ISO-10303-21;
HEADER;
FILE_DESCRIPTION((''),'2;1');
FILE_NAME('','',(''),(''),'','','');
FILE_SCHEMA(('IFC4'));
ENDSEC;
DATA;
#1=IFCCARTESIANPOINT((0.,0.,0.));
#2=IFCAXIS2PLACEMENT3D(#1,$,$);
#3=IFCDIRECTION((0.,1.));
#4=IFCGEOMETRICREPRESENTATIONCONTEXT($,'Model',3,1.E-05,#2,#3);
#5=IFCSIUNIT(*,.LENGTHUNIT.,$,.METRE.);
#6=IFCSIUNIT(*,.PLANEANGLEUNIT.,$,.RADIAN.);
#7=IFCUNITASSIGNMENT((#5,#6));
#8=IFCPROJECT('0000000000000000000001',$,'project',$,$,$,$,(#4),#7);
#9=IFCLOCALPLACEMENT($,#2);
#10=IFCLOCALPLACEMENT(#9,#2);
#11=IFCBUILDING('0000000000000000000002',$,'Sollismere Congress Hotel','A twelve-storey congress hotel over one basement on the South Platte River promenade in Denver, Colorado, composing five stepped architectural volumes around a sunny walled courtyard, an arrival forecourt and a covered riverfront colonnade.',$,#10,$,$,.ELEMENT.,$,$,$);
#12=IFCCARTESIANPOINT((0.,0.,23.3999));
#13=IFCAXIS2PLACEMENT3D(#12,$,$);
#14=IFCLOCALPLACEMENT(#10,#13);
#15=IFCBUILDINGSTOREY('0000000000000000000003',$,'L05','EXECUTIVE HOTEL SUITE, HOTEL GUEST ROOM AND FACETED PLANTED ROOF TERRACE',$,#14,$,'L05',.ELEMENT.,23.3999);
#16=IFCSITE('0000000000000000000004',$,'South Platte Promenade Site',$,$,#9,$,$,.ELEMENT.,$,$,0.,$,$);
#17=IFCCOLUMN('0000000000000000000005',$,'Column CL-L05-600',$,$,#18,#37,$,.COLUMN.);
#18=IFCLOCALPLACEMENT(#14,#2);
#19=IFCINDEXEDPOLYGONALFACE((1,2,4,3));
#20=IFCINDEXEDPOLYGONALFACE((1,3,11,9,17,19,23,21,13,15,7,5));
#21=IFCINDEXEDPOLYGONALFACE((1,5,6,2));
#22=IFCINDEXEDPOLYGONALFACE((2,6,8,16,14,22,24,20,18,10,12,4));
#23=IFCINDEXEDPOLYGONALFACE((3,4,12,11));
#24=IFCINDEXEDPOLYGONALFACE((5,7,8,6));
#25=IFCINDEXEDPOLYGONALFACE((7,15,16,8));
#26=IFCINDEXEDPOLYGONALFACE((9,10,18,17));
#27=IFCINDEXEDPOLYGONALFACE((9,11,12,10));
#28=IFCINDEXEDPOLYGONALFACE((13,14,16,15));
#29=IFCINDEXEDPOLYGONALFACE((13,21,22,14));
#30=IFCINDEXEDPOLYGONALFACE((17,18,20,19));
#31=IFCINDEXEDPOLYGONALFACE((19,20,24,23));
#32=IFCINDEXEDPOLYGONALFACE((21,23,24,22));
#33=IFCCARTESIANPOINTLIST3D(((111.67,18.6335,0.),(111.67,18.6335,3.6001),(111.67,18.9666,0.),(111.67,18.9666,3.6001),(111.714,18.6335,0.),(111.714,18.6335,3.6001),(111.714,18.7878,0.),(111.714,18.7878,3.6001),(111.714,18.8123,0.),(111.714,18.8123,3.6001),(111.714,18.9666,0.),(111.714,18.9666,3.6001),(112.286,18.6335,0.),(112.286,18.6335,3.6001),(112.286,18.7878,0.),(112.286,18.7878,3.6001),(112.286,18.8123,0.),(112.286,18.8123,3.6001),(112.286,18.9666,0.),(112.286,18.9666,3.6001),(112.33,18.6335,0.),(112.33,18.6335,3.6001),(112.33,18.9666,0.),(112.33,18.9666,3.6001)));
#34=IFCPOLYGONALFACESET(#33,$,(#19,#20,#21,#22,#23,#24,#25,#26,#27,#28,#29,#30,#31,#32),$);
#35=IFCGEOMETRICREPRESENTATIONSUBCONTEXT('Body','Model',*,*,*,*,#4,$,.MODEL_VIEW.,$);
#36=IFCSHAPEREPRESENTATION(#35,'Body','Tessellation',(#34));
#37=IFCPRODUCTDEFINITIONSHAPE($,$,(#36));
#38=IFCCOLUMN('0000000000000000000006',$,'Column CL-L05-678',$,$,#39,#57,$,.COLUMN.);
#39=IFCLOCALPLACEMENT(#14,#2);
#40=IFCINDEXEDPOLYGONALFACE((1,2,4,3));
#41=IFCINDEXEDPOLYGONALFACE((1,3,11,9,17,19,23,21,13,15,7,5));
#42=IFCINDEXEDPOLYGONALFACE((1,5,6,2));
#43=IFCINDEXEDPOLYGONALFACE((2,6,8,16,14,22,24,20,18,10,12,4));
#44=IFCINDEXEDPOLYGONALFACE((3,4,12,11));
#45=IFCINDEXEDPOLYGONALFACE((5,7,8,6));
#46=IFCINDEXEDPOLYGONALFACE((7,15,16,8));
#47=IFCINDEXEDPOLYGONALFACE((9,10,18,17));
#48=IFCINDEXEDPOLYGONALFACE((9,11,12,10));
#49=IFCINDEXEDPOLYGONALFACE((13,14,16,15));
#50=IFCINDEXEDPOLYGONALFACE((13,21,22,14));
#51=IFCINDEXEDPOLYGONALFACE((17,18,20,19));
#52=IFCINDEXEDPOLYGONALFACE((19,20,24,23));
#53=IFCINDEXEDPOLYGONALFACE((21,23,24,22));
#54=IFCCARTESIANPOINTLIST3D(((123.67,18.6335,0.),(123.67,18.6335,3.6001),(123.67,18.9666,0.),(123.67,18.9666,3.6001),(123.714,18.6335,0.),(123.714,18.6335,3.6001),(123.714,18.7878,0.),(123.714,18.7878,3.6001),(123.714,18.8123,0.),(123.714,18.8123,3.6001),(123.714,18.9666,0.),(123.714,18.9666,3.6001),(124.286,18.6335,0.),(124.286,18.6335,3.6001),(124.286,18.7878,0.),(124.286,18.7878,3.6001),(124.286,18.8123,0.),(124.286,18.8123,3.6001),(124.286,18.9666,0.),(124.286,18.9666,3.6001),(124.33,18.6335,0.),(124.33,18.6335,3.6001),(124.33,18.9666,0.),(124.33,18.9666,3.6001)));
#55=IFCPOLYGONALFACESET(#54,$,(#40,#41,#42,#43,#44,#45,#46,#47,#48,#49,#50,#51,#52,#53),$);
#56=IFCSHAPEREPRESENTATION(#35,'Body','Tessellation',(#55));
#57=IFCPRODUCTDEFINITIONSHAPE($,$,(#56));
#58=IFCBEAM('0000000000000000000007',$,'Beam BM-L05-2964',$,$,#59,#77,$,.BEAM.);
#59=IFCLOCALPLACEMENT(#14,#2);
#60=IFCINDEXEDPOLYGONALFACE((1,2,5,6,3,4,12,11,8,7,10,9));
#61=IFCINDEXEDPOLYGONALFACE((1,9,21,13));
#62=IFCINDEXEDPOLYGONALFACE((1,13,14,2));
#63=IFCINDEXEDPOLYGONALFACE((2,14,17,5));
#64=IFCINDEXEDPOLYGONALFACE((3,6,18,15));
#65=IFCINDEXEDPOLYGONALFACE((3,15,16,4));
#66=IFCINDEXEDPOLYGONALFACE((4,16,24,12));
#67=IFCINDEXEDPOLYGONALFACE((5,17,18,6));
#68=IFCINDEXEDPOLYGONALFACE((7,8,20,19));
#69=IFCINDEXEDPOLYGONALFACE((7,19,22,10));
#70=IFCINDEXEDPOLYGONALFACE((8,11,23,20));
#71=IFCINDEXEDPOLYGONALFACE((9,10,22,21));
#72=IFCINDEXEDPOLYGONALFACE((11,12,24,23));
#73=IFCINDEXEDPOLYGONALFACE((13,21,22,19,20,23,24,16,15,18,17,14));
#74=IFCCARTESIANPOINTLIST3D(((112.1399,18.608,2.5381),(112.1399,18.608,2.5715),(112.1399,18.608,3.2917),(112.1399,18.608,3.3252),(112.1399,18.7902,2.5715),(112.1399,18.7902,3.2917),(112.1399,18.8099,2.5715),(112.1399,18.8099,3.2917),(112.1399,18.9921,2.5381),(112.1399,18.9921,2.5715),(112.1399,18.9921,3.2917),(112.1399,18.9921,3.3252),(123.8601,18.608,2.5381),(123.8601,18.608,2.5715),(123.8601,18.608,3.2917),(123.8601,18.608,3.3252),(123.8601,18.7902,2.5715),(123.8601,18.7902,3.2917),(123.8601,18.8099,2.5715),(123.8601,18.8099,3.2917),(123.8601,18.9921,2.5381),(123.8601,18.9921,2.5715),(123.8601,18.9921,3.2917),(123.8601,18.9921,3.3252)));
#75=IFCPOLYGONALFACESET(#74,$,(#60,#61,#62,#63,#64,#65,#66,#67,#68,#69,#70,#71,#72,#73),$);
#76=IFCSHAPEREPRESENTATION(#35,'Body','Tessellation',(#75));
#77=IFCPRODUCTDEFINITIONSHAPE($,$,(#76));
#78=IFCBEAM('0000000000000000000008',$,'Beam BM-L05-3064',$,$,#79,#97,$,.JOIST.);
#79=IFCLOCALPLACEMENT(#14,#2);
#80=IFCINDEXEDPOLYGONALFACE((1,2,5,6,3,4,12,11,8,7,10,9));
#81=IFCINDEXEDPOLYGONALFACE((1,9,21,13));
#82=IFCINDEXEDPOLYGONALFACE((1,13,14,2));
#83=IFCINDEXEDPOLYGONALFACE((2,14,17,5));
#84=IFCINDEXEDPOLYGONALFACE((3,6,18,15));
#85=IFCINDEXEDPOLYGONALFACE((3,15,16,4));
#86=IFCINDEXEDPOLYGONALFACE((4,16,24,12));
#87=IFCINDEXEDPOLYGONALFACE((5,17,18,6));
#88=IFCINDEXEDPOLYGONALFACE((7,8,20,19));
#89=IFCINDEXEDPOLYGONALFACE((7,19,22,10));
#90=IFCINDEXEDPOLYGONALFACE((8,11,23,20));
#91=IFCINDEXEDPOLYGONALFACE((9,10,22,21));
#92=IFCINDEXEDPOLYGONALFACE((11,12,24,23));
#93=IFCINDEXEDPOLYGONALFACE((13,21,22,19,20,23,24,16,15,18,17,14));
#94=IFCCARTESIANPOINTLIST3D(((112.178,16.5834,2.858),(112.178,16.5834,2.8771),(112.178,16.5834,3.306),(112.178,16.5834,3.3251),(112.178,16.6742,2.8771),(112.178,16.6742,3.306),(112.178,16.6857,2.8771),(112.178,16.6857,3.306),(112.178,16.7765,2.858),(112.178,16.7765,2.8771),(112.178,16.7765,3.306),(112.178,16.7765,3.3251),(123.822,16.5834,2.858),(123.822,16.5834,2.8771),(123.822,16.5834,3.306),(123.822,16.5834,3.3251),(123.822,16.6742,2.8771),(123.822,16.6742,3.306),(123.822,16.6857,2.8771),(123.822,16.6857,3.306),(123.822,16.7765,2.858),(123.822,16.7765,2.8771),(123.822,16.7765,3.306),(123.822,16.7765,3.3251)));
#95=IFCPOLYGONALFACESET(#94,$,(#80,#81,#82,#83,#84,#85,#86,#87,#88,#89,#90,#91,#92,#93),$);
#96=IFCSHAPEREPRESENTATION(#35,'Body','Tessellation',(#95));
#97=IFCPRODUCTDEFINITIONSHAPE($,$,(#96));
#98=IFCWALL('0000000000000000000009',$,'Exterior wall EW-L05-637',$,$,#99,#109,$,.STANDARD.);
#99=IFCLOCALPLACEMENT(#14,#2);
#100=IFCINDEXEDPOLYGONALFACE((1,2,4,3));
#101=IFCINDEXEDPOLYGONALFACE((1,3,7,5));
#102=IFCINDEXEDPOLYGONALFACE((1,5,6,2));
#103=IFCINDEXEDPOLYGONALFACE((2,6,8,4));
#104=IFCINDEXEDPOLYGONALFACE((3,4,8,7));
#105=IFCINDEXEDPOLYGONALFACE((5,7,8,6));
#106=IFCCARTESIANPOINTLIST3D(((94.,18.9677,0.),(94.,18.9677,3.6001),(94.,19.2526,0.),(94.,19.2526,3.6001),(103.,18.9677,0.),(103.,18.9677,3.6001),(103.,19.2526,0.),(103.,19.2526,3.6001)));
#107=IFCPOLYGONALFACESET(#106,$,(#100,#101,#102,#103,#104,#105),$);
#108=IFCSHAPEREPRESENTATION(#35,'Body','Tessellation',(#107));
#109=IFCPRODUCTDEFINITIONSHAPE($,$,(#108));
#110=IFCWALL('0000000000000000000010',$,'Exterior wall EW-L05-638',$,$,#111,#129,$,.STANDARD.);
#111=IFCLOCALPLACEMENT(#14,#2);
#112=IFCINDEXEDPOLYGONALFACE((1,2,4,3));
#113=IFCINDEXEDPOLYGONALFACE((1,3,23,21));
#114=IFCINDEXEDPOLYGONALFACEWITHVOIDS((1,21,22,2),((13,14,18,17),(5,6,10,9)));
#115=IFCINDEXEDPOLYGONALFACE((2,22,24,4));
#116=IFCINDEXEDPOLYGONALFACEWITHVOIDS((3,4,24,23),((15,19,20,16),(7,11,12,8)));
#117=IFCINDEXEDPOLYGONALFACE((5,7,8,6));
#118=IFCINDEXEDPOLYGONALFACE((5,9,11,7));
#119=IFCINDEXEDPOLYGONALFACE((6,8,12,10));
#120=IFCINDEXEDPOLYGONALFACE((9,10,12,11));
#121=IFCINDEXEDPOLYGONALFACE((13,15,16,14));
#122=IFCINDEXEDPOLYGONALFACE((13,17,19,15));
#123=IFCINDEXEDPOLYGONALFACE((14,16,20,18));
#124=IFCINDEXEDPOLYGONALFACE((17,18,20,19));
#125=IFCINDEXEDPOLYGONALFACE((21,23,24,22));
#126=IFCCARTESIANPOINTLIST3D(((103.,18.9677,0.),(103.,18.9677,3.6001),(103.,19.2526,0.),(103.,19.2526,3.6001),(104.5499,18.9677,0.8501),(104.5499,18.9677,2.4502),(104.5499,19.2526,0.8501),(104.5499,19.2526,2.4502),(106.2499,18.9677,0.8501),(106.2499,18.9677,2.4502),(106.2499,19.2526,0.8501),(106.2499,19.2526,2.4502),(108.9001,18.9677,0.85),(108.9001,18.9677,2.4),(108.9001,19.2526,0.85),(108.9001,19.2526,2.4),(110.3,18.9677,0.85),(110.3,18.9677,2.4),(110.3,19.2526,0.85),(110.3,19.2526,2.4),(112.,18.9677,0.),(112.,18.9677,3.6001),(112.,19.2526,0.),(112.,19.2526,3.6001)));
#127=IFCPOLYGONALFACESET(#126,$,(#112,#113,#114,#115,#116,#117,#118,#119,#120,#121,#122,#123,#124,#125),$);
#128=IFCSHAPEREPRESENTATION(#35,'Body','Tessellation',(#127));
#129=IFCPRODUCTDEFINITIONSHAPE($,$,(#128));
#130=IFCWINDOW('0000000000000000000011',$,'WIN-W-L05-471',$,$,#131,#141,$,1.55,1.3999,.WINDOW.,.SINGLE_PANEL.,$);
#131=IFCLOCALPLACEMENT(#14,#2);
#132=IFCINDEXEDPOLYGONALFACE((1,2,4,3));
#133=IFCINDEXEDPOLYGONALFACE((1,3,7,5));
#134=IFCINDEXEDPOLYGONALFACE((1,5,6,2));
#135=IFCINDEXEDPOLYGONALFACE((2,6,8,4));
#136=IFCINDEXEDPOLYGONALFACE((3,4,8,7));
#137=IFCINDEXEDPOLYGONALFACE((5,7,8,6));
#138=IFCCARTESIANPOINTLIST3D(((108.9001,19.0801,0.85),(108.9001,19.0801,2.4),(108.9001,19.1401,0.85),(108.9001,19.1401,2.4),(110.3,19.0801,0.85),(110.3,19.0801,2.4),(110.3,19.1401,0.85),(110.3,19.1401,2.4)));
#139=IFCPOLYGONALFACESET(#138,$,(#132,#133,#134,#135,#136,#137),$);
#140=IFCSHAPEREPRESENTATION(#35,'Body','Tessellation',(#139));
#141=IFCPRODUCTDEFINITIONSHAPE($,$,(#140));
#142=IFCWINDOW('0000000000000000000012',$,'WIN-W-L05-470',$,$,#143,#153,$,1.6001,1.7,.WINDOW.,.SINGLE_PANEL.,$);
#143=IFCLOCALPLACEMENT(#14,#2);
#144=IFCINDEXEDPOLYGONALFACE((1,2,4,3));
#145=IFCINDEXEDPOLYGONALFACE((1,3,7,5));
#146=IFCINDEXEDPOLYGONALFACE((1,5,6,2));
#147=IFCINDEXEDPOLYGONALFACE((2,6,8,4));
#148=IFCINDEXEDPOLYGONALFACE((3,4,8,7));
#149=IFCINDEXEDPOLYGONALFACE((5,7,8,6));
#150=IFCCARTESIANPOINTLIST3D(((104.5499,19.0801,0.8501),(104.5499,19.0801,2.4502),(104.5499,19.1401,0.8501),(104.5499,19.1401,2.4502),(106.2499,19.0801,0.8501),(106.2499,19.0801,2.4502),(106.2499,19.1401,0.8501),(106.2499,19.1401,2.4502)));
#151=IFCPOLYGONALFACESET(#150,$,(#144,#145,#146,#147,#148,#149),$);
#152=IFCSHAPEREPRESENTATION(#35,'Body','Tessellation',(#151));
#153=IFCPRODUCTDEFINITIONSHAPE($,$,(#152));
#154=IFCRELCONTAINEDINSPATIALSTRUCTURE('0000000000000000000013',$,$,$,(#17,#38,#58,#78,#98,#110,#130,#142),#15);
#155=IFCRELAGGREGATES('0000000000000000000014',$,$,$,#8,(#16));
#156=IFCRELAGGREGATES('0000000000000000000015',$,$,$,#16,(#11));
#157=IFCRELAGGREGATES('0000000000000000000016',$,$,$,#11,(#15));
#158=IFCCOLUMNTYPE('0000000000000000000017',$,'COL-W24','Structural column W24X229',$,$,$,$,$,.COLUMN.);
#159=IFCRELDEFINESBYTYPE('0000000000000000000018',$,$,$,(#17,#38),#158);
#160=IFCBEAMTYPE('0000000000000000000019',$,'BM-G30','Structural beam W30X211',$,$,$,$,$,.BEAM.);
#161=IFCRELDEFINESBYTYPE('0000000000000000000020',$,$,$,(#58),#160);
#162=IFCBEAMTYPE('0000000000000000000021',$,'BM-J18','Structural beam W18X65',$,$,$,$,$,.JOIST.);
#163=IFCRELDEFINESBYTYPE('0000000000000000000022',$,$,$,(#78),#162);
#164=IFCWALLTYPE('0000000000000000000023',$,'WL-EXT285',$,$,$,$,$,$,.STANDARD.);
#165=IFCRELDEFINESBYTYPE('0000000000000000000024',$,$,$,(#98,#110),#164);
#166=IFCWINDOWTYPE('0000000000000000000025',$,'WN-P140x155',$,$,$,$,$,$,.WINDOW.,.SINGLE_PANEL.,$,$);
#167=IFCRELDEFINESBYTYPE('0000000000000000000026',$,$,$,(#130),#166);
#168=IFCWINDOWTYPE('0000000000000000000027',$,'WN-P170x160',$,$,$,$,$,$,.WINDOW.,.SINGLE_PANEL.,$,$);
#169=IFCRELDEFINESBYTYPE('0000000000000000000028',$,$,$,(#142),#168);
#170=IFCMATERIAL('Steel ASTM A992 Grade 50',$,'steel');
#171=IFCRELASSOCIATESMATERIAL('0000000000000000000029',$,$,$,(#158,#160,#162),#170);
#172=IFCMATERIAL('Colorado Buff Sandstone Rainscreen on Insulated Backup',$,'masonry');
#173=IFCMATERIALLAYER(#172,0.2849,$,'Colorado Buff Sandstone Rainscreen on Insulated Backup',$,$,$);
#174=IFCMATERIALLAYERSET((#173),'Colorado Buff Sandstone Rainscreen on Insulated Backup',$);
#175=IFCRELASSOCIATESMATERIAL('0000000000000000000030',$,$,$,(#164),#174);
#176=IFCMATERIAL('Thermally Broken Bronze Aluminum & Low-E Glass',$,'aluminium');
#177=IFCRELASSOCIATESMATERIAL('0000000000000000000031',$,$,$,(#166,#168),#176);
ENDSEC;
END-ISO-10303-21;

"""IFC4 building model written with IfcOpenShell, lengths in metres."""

from ifc_helpers import new_model, si_unit, direction, frame, frame_2d, origin, origin_2d, place, context, subcontext, project, spatial, rectangle, i_section, extrude, material, layer, layer_set, material_profile, profile_set, type_object, element, fill, save


model = new_model("IFC4")

# Units and contexts
model_context = context("Model", 3, precision=1e-05, world=origin(), true_north=direction((0.0, 1.0)))
body_context = subcontext(model_context, "Body", "Model", "MODEL_VIEW")
ifc_project = project(units=[si_unit("LENGTHUNIT", "METRE"), si_unit("PLANEANGLEUNIT", "RADIAN")], contexts=[model_context])

# Site, building, storey
site_placement = place(None, origin())
site = spatial("IfcSite", under=ifc_project, at=site_placement, Name="South Platte Promenade Site", CompositionType="ELEMENT", RefElevation=0.0)
building_placement = place(site_placement, origin())
building = spatial("IfcBuilding", under=site, at=building_placement, Name="Sollismere Congress Hotel", Description="A twelve-storey congress hotel over one basement on the South Platte River promenade in Denver, Colorado, composing five stepped architectural volumes around a sunny walled courtyard, an arrival forecourt and a covered riverfront colonnade.", CompositionType="ELEMENT")
storey_placement = place(building_placement, frame((0.0, 0.0, 23.3999)))
storey = spatial("IfcBuildingStorey", under=building, at=storey_placement, Name="L05", Description="EXECUTIVE HOTEL SUITE, HOTEL GUEST ROOM AND FACETED PLANTED ROOF TERRACE", LongName="L05", CompositionType="ELEMENT", Elevation=23.3999)

# Columns
ifc_material_1 = material(Name="Steel ASTM A992 Grade 50", Category="steel")
ifc_material_profile_1 = material_profile(ifc_material_1, i_section(OverallWidth=0.333, OverallDepth=0.6599, WebThickness=0.0244, FlangeThickness=0.0439, at=origin_2d()), Name="W24X229")
ifc_profile_set_1 = profile_set([ifc_material_profile_1], Name="Steel ASTM A992 Grade 50")
column_type = type_object("IfcColumnType", Name="COL-W24", Description="Structural column W24X229", PredefinedType="COLUMN", material=ifc_profile_set_1)
for number, where, z_axis, x_axis, name in (
    (1, (112.0, 18.8, 0.0), (0.0, 0.0, 1.0), (0.0, 1.0, 0.0), "Column CL-L05-600"),
    (2, (124.0, 18.8, 0.0), (0.0, 0.0, 1.0), (0.0, 1.0, 0.0), "Column CL-L05-678"),
):
    element("IfcColumn", number, at=place(storey_placement, frame(where, z_axis=z_axis, x_axis=x_axis)), inside=storey, type_object=column_type, Name=name, PredefinedType="COLUMN", context=body_context, shape_type="SweptSolid", body=[
        extrude(i_section(OverallWidth=0.333, OverallDepth=0.6599, WebThickness=0.0244, FlangeThickness=0.0439, at=origin_2d()), origin(), (0.0, 0.0, 1.0), 3.6001),
    ])

# Beams
ifc_material_profile_2 = material_profile(ifc_material_1, i_section(OverallWidth=0.384, OverallDepth=0.7871, WebThickness=0.0198, FlangeThickness=0.0334, at=origin_2d()), Name="W30X211")
ifc_profile_set_2 = profile_set([ifc_material_profile_2], Name="Steel ASTM A992 Grade 50")
beam_type_1 = type_object("IfcBeamType", Name="BM-G30", Description="Structural beam W30X211", PredefinedType="BEAM", material=ifc_profile_set_2)
beam_1_placement = place(storey_placement, frame((112.1399, 18.8, 2.9316), z_axis=(1.0, 0.0, 0.0), x_axis=(0.0, 1.0, 0.0)))
element("IfcBeam", 3, at=beam_1_placement, inside=storey, type_object=beam_type_1, Name="Beam BM-L05-2964", PredefinedType="BEAM", context=body_context, shape_type="SweptSolid", body=[
    extrude(i_section(OverallWidth=0.384, OverallDepth=0.7871, WebThickness=0.0198, FlangeThickness=0.0334, at=origin_2d()), origin(), (0.0, 0.0, 1.0), 11.7202),
])
ifc_material_profile_3 = material_profile(ifc_material_1, i_section(OverallWidth=0.1931, OverallDepth=0.467, WebThickness=0.0115, FlangeThickness=0.019, at=origin_2d()), Name="W18X65")
ifc_profile_set_3 = profile_set([ifc_material_profile_3], Name="Steel ASTM A992 Grade 50")
beam_type_2 = type_object("IfcBeamType", Name="BM-J18", Description="Structural beam W18X65", PredefinedType="JOIST", material=ifc_profile_set_3)
beam_2_placement = place(storey_placement, frame((112.178, 16.6799, 3.0916), z_axis=(1.0, 0.0, 0.0), x_axis=(0.0, 1.0, 0.0)))
element("IfcBeam", 4, at=beam_2_placement, inside=storey, type_object=beam_type_2, Name="Beam BM-L05-3064", PredefinedType="JOIST", context=body_context, shape_type="SweptSolid", body=[
    extrude(i_section(OverallWidth=0.1931, OverallDepth=0.467, WebThickness=0.0115, FlangeThickness=0.019, at=origin_2d()), origin(), (0.0, 0.0, 1.0), 11.644),
])

# Wall
ifc_material_2 = material(Name="Colorado Buff Sandstone Rainscreen on Insulated Backup", Category="masonry")
ifc_layer_1 = layer(ifc_material_2, 0.2849, Name="Colorado Buff Sandstone Rainscreen on Insulated Backup")
ifc_layer_set_1 = layer_set([ifc_layer_1], Name="Colorado Buff Sandstone Rainscreen on Insulated Backup")
wall_type_1 = type_object("IfcWallType", Name="WL-EXT285", PredefinedType="STANDARD", material=ifc_layer_set_1)
wall_1_placement = place(storey_placement, frame((103.0, 19.1101, 0.0), z_axis=(0.0, 0.0, 1.0), x_axis=(-1.0, 0.0, 0.0)))
element("IfcWall", 5, at=wall_1_placement, inside=storey, type_object=wall_type_1, Name="Exterior wall EW-L05-637", PredefinedType="STANDARD", context=body_context, shape_type="SweptSolid", body=[
    extrude(rectangle(XDim=9.0, YDim=0.2849, at=frame_2d((4.5, 0.0))), origin(), (0.0, 0.0, 1.0), 3.6001),
])

# Wall, openings, windows
wall_2_placement = place(storey_placement, frame((112.0, 19.1101, 0.0), z_axis=(0.0, 0.0, 1.0), x_axis=(-1.0, 0.0, 0.0)))
wall_2 = element("IfcWall", 6, at=wall_2_placement, inside=storey, type_object=wall_type_1, Name="Exterior wall EW-L05-638", PredefinedType="STANDARD", context=body_context, shape_type="SweptSolid", body=[
    extrude(rectangle(XDim=9.0, YDim=0.2849, at=frame_2d((4.5, 0.0))), origin(), (0.0, 0.0, 1.0), 3.6001),
])
opening_1_placement = place(wall_2_placement, frame((5.75, 0.0, 0.8501)))
opening_1 = element("IfcOpeningElement", 7, at=opening_1_placement, cuts=wall_2, PredefinedType="OPENING", context=body_context, shape_type="SweptSolid", body=[
    extrude(rectangle(XDim=1.7, YDim=1.6001, at=frame_2d((0.8501, 0.8))), frame((0.0, 0.1523, 0.0), z_axis=(0.0, -1.0, 0.0), x_axis=(1.0, 0.0, 0.0)), (0.0, 0.0, 1.0), 0.3049),
])
opening_2_placement = place(wall_2_placement, frame((1.7, 0.0, 0.8501)))
opening_2 = element("IfcOpeningElement", 8, at=opening_2_placement, cuts=wall_2, PredefinedType="OPENING", context=body_context, shape_type="SweptSolid", body=[
    extrude(rectangle(XDim=1.3999, YDim=1.55, at=frame_2d((0.7, 0.7749))), frame((0.0, 0.1523, 0.0), z_axis=(0.0, -1.0, 0.0), x_axis=(1.0, 0.0, 0.0)), (0.0, 0.0, 1.0), 0.3049),
])
ifc_material_3 = material(Name="Thermally Broken Bronze Aluminum & Low-E Glass", Category="aluminium")
window_type_1 = type_object("IfcWindowType", Name="WN-P140x155", PartitioningType="SINGLE_PANEL", PredefinedType="WINDOW", material=ifc_material_3)
window_1_placement = place(opening_2_placement, origin())
window_1 = element("IfcWindow", 9, at=window_1_placement, inside=storey, type_object=window_type_1, Name="WIN-W-L05-471", OverallHeight=1.55, OverallWidth=1.3999, PartitioningType="SINGLE_PANEL", PredefinedType="WINDOW", context=body_context, shape_type="SweptSolid", body=[
    extrude(rectangle(XDim=1.3999, YDim=1.55, at=frame_2d((0.7, 0.7749))), frame((0.0, 0.03, 0.0), z_axis=(0.0, -1.0, 0.0), x_axis=(1.0, 0.0, 0.0)), (0.0, 0.0, 1.0), 0.0601),
])
fill(opening_2, window_1)
window_type_2 = type_object("IfcWindowType", Name="WN-P170x160", PartitioningType="SINGLE_PANEL", PredefinedType="WINDOW", material=ifc_material_3)
window_2_placement = place(opening_1_placement, origin())
window_2 = element("IfcWindow", 10, at=window_2_placement, inside=storey, type_object=window_type_2, Name="WIN-W-L05-470", OverallHeight=1.6001, OverallWidth=1.7, PartitioningType="SINGLE_PANEL", PredefinedType="WINDOW", context=body_context, shape_type="SweptSolid", body=[
    extrude(rectangle(XDim=1.7, YDim=1.6001, at=frame_2d((0.8501, 0.8))), frame((0.0, 0.03, 0.0), z_axis=(0.0, -1.0, 0.0), x_axis=(1.0, 0.0, 0.0)), (0.0, 0.0, 1.0), 0.0601),
])
fill(opening_1, window_2)

save(model, "model.ifc")
